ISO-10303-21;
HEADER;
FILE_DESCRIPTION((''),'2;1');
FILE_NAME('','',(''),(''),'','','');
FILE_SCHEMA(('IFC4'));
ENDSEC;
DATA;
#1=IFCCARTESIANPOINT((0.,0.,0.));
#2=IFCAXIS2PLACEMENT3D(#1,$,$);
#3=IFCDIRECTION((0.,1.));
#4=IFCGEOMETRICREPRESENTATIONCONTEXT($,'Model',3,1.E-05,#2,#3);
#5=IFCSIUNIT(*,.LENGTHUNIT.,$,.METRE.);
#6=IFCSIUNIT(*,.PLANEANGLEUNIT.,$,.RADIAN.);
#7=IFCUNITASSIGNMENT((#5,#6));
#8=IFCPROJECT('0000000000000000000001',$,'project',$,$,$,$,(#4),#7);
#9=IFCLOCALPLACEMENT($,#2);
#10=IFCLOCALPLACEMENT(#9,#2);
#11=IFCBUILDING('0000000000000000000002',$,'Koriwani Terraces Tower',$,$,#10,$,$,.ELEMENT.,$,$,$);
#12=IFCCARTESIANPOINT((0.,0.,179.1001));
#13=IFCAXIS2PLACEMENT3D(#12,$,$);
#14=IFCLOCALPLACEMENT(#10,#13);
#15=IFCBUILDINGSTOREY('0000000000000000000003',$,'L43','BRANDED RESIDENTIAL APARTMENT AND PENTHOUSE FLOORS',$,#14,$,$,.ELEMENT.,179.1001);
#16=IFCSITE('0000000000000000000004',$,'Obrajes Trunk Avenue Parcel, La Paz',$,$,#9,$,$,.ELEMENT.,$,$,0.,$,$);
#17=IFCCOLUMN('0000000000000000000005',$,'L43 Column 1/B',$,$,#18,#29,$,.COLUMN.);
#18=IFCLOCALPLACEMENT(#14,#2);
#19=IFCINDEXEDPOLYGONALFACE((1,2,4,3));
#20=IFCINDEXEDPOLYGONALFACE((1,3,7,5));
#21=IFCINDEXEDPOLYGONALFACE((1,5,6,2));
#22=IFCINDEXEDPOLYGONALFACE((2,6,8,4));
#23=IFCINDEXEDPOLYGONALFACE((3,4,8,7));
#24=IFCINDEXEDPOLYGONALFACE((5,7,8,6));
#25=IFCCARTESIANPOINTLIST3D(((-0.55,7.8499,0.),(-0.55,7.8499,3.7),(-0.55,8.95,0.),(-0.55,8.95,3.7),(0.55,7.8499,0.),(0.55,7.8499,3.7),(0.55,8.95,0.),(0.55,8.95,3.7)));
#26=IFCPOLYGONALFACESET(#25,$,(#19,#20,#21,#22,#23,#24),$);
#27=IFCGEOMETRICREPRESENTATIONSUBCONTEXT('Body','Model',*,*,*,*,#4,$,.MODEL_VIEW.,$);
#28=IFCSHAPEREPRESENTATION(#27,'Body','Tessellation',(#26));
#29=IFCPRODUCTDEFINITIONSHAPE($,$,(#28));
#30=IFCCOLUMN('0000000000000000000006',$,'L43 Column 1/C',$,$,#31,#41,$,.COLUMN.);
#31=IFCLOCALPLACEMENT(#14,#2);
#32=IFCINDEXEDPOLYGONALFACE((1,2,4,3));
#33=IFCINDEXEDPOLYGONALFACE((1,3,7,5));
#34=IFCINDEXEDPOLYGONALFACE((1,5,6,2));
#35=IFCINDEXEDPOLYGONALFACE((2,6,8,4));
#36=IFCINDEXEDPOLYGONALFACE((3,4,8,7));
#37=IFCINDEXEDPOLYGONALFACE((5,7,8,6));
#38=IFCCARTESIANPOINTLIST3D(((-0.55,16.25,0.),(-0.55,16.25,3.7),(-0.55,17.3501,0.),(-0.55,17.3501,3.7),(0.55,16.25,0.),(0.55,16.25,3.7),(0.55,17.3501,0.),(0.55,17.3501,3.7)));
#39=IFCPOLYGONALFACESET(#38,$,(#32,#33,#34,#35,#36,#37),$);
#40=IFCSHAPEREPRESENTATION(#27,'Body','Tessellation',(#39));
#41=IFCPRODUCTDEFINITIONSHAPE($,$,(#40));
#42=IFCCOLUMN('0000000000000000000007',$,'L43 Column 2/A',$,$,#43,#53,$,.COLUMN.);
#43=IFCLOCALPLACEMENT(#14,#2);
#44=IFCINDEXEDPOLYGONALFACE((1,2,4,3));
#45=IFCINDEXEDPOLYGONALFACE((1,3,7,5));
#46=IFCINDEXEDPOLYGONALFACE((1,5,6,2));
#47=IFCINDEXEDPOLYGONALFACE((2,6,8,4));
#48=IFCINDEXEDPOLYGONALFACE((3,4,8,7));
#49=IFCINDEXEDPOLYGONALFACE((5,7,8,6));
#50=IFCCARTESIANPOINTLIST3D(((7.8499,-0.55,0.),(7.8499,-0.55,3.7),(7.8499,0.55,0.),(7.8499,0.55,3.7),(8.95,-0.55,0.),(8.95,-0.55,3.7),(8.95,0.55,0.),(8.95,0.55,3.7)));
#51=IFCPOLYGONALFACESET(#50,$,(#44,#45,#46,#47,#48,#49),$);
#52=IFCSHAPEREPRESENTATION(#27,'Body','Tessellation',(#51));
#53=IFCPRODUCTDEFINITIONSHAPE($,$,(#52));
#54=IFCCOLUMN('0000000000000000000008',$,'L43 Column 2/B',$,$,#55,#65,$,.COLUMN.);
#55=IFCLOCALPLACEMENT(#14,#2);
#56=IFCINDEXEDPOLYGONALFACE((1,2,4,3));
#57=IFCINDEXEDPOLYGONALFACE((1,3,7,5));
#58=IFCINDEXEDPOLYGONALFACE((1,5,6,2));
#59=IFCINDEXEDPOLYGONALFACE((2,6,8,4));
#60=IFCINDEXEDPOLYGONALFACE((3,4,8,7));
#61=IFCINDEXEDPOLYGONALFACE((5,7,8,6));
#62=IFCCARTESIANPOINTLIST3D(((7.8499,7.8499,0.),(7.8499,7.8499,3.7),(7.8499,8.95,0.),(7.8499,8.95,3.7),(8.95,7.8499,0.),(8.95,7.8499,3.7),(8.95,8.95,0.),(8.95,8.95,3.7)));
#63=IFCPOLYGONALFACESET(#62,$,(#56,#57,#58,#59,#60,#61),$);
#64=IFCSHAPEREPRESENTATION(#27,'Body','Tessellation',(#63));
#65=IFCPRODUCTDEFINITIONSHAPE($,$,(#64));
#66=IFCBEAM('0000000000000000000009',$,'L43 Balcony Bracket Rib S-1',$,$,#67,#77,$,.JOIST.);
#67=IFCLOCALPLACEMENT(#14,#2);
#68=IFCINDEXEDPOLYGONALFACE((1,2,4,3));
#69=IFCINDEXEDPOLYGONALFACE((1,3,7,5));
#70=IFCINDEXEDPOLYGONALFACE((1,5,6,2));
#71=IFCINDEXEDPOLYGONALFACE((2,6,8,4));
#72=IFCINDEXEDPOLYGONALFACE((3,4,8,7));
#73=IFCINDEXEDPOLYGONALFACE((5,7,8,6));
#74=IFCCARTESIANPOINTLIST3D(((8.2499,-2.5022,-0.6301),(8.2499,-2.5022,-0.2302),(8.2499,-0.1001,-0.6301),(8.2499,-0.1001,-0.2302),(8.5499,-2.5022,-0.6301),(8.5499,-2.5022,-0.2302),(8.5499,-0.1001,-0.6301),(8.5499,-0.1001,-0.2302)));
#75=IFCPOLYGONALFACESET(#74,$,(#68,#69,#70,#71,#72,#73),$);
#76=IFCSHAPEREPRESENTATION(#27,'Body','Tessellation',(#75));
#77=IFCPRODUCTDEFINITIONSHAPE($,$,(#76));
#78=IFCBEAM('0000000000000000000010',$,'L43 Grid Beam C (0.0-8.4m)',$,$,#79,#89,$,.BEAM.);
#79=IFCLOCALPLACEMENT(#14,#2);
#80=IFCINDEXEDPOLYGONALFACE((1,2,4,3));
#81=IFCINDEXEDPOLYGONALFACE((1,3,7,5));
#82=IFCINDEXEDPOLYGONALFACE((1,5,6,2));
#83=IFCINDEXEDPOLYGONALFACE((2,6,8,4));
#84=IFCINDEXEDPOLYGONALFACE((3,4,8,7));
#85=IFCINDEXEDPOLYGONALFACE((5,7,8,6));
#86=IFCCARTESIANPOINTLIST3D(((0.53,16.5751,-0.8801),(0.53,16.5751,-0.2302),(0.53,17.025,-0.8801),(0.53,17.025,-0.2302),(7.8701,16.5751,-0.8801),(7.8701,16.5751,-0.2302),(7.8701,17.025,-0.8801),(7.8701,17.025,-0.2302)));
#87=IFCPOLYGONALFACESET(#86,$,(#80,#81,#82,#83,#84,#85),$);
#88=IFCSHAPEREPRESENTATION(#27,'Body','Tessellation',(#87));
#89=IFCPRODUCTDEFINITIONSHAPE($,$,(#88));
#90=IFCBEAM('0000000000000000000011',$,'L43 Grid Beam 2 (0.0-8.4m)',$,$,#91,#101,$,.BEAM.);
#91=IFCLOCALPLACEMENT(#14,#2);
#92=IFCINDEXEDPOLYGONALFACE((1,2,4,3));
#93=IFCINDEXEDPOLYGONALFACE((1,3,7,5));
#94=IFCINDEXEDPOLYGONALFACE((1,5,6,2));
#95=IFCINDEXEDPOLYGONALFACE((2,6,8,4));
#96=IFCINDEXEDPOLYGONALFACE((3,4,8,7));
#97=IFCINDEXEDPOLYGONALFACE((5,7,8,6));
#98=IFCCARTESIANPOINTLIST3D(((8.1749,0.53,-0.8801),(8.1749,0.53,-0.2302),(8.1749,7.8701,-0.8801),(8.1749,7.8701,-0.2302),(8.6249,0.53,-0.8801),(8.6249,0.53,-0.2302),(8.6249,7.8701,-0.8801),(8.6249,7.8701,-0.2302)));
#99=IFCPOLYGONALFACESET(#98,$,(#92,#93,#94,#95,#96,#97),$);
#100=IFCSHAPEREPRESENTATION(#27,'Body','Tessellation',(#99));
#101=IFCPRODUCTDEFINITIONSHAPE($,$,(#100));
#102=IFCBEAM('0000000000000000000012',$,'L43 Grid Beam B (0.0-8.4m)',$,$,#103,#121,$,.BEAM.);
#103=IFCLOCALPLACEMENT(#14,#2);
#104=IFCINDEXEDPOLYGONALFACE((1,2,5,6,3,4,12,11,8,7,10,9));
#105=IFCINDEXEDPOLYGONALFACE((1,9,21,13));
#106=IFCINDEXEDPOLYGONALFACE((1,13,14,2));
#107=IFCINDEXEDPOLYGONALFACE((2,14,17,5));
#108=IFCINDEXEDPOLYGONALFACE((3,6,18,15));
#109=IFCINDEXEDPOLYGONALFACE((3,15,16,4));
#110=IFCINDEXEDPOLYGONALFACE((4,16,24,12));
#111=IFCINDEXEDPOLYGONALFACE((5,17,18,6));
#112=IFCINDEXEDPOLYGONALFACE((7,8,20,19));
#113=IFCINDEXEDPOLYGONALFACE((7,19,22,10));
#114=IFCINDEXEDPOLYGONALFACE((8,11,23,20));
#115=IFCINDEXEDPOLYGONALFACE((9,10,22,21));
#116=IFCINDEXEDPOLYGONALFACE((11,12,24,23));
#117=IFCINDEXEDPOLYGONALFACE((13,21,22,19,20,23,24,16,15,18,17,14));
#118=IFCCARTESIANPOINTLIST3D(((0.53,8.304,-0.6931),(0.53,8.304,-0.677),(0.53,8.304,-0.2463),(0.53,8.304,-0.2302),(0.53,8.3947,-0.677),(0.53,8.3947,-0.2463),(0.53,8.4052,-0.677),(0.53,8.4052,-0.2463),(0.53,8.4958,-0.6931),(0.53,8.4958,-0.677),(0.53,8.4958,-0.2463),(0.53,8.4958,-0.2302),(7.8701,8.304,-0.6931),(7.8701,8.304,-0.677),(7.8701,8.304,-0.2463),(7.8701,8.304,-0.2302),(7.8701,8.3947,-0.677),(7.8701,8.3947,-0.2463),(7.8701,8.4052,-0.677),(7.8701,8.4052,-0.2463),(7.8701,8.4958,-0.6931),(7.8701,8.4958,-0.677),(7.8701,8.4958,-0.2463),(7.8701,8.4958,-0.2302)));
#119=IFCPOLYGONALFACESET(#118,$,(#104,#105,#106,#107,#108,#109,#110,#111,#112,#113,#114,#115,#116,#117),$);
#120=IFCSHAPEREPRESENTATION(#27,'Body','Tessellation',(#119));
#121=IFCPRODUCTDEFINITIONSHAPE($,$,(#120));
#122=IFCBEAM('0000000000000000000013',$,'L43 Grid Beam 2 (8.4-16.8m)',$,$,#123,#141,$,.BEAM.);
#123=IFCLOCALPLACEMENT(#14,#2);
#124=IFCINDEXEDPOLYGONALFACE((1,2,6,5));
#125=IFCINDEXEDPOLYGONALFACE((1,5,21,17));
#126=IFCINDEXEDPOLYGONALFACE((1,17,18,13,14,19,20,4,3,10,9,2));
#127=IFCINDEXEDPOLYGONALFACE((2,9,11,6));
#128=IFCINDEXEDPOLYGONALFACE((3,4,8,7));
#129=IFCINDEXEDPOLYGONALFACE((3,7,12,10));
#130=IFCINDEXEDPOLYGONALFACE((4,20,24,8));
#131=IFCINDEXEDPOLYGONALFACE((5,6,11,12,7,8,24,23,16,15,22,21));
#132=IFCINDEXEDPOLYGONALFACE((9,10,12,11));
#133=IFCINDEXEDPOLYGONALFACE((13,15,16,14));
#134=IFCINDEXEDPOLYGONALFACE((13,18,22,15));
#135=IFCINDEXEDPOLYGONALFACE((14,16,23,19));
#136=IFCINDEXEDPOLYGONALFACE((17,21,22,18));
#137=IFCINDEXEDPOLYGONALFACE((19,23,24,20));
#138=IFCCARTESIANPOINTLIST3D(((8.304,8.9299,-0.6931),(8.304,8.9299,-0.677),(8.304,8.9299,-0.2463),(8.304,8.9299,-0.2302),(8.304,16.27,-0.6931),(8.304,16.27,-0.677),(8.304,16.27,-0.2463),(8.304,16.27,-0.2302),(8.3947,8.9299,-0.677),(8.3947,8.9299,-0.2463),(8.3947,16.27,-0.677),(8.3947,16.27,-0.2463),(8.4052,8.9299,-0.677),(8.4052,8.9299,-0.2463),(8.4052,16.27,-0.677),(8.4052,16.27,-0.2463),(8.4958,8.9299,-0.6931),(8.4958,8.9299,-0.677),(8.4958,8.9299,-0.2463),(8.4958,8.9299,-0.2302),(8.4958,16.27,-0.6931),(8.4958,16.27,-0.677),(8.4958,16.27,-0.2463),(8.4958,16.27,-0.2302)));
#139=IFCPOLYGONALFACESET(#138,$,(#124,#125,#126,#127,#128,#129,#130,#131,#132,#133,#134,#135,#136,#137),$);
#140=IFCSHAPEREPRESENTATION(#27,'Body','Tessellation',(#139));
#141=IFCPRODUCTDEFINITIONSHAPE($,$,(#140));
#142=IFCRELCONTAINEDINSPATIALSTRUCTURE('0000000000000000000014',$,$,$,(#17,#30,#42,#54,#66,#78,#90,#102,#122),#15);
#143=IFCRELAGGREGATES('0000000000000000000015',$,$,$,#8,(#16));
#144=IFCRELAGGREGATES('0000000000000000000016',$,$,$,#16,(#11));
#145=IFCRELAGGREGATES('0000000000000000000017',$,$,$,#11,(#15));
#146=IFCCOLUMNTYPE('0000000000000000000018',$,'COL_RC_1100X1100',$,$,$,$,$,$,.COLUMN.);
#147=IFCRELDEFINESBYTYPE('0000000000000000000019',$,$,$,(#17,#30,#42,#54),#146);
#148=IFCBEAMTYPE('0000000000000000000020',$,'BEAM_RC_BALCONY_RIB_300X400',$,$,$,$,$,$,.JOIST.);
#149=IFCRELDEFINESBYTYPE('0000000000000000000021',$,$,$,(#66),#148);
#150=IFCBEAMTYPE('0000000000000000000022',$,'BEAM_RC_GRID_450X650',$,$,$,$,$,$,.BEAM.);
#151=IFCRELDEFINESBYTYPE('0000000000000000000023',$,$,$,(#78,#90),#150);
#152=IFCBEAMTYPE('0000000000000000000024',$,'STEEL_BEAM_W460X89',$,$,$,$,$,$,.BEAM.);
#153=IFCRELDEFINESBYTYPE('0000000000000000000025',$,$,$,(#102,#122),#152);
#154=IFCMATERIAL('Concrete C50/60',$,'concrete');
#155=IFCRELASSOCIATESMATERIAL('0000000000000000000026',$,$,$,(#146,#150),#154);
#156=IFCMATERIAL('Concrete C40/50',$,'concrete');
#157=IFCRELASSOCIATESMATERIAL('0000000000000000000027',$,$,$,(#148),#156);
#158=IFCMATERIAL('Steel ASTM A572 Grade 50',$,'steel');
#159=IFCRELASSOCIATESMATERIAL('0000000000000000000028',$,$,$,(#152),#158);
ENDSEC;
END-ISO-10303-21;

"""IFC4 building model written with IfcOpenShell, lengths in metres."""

from ifc_helpers import new_model, si_unit, direction, frame, origin, origin_2d, place, context, subcontext, project, spatial, rectangle, i_section, extrude, material, material_profile, profile_set, type_object, element, save


model = new_model("IFC4")

# Units and contexts
model_context = context("Model", 3, precision=1e-05, world=origin(), true_north=direction((0.0, 1.0)))
body_context = subcontext(model_context, "Body", "Model", "MODEL_VIEW")
ifc_project = project(units=[si_unit("LENGTHUNIT", "METRE"), si_unit("PLANEANGLEUNIT", "RADIAN")], contexts=[model_context])

# Site, building, storey
site_placement = place(None, origin())
site = spatial("IfcSite", under=ifc_project, at=site_placement, Name="Obrajes Trunk Avenue Parcel, La Paz", CompositionType="ELEMENT", RefElevation=0.0)
building_placement = place(site_placement, origin())
building = spatial("IfcBuilding", under=site, at=building_placement, Name="Koriwani Terraces Tower", CompositionType="ELEMENT")
storey_placement = place(building_placement, frame((0.0, 0.0, 179.1001)))
storey = spatial("IfcBuildingStorey", under=building, at=storey_placement, Name="L43", Description="BRANDED RESIDENTIAL APARTMENT AND PENTHOUSE FLOORS", CompositionType="ELEMENT", Elevation=179.1001)

# Columns
ifc_material_1 = material(Name="Concrete C50/60", Category="concrete")
ifc_material_profile_1 = material_profile(ifc_material_1, rectangle(XDim=1.1001, YDim=1.1001, at=origin_2d()), Name="Concrete C50/60", Category="LoadBearing")
ifc_profile_set_1 = profile_set([ifc_material_profile_1], Name="Concrete C50/60")
column_type = type_object("IfcColumnType", Name="COL_RC_1100X1100", PredefinedType="COLUMN", material=ifc_profile_set_1)
for number, where, z_axis, x_axis, name in (
    (1, (0.0, 8.3999, 0.0), (0.0, 0.0, 1.0), (1.0, 0.0, 0.0), "L43 Column 1/B"),
    (2, (0.0, 16.8, 0.0), (0.0, 0.0, 1.0), (1.0, 0.0, 0.0), "L43 Column 1/C"),
    (3, (8.3999, 0.0, 0.0), (0.0, 0.0, 1.0), (1.0, 0.0, 0.0), "L43 Column 2/A"),
    (4, (8.3999, 8.3999, 0.0), (0.0, 0.0, 1.0), (1.0, 0.0, 0.0), "L43 Column 2/B"),
):
    element("IfcColumn", number, at=place(storey_placement, frame(where, z_axis=z_axis, x_axis=x_axis)), inside=storey, type_object=column_type, Name=name, PredefinedType="COLUMN", context=body_context, shape_type="SweptSolid", body=[
        extrude(rectangle(XDim=1.1001, YDim=1.1001, at=origin_2d()), origin(), (0.0, 0.0, 1.0), 3.7),
    ])

# Beams
ifc_material_2 = material(Name="Concrete C40/50", Category="concrete")
ifc_material_profile_2 = material_profile(ifc_material_2, rectangle(XDim=0.3, YDim=0.3999, at=origin_2d()), Name="Concrete C40/50", Category="LoadBearing")
ifc_profile_set_2 = profile_set([ifc_material_profile_2], Name="Concrete C40/50")
beam_type_1 = type_object("IfcBeamType", Name="BEAM_RC_BALCONY_RIB_300X400", PredefinedType="JOIST", material=ifc_profile_set_2)
beam_placement = place(storey_placement, frame((8.3999, -2.5022, -0.4302), z_axis=(0.0, 1.0, 0.0), x_axis=(-1.0, 0.0, 0.0)))
element("IfcBeam", 5, at=beam_placement, inside=storey, type_object=beam_type_1, Name="L43 Balcony Bracket Rib S-1", PredefinedType="JOIST", context=body_context, shape_type="SweptSolid", body=[
    extrude(rectangle(XDim=0.3, YDim=0.3999, at=origin_2d()), origin(), (0.0, 0.0, 1.0), 2.4021),
])
ifc_material_profile_3 = material_profile(ifc_material_1, rectangle(XDim=0.45, YDim=0.6499, at=origin_2d()), Name="Concrete C50/60", Category="LoadBearing")
ifc_profile_set_3 = profile_set([ifc_material_profile_3], Name="Concrete C50/60")
beam_type_2 = type_object("IfcBeamType", Name="BEAM_RC_GRID_450X650", PredefinedType="BEAM", material=ifc_profile_set_3)
for number, where, z_axis, x_axis, name in (
    (6, (0.53, 16.8, -0.5552), (1.0, 0.0, 0.0), (0.0, 1.0, 0.0), "L43 Grid Beam C (0.0-8.4m)"),
    (7, (8.3999, 0.53, -0.5552), (0.0, 1.0, 0.0), (-1.0, 0.0, 0.0), "L43 Grid Beam 2 (0.0-8.4m)"),
):
    element("IfcBeam", number, at=place(storey_placement, frame(where, z_axis=z_axis, x_axis=x_axis)), inside=storey, type_object=beam_type_2, Name=name, PredefinedType="BEAM", context=body_context, shape_type="SweptSolid", body=[
        extrude(rectangle(XDim=0.45, YDim=0.6499, at=origin_2d()), origin(), (0.0, 0.0, 1.0), 7.3401),
    ])
ifc_material_3 = material(Name="Steel ASTM A572 Grade 50", Category="steel")
ifc_material_profile_4 = material_profile(ifc_material_3, i_section(OverallWidth=0.1919, OverallDepth=0.4629, WebThickness=0.0105, FlangeThickness=0.0161, at=origin_2d()), Name="Steel ASTM A572 Grade 50", Category="LoadBearing")
ifc_profile_set_4 = profile_set([ifc_material_profile_4], Name="Steel ASTM A572 Grade 50")
beam_type_3 = type_object("IfcBeamType", Name="STEEL_BEAM_W460X89", PredefinedType="BEAM", material=ifc_profile_set_4)
for number, where, z_axis, x_axis, name in (
    (8, (0.53, 8.3999, -0.4617), (1.0, 0.0, 0.0), (0.0, 1.0, 0.0), "L43 Grid Beam B (0.0-8.4m)"),
    (9, (8.3999, 8.9299, -0.4617), (0.0, 1.0, 0.0), (-1.0, 0.0, 0.0), "L43 Grid Beam 2 (8.4-16.8m)"),
):
    element("IfcBeam", number, at=place(storey_placement, frame(where, z_axis=z_axis, x_axis=x_axis)), inside=storey, type_object=beam_type_3, Name=name, PredefinedType="BEAM", context=body_context, shape_type="SweptSolid", body=[
        extrude(i_section(OverallWidth=0.1919, OverallDepth=0.4629, WebThickness=0.0105, FlangeThickness=0.0161, at=origin_2d()), origin(), (0.0, 0.0, 1.0), 7.3401),
    ])

save(model, "model.ifc")
